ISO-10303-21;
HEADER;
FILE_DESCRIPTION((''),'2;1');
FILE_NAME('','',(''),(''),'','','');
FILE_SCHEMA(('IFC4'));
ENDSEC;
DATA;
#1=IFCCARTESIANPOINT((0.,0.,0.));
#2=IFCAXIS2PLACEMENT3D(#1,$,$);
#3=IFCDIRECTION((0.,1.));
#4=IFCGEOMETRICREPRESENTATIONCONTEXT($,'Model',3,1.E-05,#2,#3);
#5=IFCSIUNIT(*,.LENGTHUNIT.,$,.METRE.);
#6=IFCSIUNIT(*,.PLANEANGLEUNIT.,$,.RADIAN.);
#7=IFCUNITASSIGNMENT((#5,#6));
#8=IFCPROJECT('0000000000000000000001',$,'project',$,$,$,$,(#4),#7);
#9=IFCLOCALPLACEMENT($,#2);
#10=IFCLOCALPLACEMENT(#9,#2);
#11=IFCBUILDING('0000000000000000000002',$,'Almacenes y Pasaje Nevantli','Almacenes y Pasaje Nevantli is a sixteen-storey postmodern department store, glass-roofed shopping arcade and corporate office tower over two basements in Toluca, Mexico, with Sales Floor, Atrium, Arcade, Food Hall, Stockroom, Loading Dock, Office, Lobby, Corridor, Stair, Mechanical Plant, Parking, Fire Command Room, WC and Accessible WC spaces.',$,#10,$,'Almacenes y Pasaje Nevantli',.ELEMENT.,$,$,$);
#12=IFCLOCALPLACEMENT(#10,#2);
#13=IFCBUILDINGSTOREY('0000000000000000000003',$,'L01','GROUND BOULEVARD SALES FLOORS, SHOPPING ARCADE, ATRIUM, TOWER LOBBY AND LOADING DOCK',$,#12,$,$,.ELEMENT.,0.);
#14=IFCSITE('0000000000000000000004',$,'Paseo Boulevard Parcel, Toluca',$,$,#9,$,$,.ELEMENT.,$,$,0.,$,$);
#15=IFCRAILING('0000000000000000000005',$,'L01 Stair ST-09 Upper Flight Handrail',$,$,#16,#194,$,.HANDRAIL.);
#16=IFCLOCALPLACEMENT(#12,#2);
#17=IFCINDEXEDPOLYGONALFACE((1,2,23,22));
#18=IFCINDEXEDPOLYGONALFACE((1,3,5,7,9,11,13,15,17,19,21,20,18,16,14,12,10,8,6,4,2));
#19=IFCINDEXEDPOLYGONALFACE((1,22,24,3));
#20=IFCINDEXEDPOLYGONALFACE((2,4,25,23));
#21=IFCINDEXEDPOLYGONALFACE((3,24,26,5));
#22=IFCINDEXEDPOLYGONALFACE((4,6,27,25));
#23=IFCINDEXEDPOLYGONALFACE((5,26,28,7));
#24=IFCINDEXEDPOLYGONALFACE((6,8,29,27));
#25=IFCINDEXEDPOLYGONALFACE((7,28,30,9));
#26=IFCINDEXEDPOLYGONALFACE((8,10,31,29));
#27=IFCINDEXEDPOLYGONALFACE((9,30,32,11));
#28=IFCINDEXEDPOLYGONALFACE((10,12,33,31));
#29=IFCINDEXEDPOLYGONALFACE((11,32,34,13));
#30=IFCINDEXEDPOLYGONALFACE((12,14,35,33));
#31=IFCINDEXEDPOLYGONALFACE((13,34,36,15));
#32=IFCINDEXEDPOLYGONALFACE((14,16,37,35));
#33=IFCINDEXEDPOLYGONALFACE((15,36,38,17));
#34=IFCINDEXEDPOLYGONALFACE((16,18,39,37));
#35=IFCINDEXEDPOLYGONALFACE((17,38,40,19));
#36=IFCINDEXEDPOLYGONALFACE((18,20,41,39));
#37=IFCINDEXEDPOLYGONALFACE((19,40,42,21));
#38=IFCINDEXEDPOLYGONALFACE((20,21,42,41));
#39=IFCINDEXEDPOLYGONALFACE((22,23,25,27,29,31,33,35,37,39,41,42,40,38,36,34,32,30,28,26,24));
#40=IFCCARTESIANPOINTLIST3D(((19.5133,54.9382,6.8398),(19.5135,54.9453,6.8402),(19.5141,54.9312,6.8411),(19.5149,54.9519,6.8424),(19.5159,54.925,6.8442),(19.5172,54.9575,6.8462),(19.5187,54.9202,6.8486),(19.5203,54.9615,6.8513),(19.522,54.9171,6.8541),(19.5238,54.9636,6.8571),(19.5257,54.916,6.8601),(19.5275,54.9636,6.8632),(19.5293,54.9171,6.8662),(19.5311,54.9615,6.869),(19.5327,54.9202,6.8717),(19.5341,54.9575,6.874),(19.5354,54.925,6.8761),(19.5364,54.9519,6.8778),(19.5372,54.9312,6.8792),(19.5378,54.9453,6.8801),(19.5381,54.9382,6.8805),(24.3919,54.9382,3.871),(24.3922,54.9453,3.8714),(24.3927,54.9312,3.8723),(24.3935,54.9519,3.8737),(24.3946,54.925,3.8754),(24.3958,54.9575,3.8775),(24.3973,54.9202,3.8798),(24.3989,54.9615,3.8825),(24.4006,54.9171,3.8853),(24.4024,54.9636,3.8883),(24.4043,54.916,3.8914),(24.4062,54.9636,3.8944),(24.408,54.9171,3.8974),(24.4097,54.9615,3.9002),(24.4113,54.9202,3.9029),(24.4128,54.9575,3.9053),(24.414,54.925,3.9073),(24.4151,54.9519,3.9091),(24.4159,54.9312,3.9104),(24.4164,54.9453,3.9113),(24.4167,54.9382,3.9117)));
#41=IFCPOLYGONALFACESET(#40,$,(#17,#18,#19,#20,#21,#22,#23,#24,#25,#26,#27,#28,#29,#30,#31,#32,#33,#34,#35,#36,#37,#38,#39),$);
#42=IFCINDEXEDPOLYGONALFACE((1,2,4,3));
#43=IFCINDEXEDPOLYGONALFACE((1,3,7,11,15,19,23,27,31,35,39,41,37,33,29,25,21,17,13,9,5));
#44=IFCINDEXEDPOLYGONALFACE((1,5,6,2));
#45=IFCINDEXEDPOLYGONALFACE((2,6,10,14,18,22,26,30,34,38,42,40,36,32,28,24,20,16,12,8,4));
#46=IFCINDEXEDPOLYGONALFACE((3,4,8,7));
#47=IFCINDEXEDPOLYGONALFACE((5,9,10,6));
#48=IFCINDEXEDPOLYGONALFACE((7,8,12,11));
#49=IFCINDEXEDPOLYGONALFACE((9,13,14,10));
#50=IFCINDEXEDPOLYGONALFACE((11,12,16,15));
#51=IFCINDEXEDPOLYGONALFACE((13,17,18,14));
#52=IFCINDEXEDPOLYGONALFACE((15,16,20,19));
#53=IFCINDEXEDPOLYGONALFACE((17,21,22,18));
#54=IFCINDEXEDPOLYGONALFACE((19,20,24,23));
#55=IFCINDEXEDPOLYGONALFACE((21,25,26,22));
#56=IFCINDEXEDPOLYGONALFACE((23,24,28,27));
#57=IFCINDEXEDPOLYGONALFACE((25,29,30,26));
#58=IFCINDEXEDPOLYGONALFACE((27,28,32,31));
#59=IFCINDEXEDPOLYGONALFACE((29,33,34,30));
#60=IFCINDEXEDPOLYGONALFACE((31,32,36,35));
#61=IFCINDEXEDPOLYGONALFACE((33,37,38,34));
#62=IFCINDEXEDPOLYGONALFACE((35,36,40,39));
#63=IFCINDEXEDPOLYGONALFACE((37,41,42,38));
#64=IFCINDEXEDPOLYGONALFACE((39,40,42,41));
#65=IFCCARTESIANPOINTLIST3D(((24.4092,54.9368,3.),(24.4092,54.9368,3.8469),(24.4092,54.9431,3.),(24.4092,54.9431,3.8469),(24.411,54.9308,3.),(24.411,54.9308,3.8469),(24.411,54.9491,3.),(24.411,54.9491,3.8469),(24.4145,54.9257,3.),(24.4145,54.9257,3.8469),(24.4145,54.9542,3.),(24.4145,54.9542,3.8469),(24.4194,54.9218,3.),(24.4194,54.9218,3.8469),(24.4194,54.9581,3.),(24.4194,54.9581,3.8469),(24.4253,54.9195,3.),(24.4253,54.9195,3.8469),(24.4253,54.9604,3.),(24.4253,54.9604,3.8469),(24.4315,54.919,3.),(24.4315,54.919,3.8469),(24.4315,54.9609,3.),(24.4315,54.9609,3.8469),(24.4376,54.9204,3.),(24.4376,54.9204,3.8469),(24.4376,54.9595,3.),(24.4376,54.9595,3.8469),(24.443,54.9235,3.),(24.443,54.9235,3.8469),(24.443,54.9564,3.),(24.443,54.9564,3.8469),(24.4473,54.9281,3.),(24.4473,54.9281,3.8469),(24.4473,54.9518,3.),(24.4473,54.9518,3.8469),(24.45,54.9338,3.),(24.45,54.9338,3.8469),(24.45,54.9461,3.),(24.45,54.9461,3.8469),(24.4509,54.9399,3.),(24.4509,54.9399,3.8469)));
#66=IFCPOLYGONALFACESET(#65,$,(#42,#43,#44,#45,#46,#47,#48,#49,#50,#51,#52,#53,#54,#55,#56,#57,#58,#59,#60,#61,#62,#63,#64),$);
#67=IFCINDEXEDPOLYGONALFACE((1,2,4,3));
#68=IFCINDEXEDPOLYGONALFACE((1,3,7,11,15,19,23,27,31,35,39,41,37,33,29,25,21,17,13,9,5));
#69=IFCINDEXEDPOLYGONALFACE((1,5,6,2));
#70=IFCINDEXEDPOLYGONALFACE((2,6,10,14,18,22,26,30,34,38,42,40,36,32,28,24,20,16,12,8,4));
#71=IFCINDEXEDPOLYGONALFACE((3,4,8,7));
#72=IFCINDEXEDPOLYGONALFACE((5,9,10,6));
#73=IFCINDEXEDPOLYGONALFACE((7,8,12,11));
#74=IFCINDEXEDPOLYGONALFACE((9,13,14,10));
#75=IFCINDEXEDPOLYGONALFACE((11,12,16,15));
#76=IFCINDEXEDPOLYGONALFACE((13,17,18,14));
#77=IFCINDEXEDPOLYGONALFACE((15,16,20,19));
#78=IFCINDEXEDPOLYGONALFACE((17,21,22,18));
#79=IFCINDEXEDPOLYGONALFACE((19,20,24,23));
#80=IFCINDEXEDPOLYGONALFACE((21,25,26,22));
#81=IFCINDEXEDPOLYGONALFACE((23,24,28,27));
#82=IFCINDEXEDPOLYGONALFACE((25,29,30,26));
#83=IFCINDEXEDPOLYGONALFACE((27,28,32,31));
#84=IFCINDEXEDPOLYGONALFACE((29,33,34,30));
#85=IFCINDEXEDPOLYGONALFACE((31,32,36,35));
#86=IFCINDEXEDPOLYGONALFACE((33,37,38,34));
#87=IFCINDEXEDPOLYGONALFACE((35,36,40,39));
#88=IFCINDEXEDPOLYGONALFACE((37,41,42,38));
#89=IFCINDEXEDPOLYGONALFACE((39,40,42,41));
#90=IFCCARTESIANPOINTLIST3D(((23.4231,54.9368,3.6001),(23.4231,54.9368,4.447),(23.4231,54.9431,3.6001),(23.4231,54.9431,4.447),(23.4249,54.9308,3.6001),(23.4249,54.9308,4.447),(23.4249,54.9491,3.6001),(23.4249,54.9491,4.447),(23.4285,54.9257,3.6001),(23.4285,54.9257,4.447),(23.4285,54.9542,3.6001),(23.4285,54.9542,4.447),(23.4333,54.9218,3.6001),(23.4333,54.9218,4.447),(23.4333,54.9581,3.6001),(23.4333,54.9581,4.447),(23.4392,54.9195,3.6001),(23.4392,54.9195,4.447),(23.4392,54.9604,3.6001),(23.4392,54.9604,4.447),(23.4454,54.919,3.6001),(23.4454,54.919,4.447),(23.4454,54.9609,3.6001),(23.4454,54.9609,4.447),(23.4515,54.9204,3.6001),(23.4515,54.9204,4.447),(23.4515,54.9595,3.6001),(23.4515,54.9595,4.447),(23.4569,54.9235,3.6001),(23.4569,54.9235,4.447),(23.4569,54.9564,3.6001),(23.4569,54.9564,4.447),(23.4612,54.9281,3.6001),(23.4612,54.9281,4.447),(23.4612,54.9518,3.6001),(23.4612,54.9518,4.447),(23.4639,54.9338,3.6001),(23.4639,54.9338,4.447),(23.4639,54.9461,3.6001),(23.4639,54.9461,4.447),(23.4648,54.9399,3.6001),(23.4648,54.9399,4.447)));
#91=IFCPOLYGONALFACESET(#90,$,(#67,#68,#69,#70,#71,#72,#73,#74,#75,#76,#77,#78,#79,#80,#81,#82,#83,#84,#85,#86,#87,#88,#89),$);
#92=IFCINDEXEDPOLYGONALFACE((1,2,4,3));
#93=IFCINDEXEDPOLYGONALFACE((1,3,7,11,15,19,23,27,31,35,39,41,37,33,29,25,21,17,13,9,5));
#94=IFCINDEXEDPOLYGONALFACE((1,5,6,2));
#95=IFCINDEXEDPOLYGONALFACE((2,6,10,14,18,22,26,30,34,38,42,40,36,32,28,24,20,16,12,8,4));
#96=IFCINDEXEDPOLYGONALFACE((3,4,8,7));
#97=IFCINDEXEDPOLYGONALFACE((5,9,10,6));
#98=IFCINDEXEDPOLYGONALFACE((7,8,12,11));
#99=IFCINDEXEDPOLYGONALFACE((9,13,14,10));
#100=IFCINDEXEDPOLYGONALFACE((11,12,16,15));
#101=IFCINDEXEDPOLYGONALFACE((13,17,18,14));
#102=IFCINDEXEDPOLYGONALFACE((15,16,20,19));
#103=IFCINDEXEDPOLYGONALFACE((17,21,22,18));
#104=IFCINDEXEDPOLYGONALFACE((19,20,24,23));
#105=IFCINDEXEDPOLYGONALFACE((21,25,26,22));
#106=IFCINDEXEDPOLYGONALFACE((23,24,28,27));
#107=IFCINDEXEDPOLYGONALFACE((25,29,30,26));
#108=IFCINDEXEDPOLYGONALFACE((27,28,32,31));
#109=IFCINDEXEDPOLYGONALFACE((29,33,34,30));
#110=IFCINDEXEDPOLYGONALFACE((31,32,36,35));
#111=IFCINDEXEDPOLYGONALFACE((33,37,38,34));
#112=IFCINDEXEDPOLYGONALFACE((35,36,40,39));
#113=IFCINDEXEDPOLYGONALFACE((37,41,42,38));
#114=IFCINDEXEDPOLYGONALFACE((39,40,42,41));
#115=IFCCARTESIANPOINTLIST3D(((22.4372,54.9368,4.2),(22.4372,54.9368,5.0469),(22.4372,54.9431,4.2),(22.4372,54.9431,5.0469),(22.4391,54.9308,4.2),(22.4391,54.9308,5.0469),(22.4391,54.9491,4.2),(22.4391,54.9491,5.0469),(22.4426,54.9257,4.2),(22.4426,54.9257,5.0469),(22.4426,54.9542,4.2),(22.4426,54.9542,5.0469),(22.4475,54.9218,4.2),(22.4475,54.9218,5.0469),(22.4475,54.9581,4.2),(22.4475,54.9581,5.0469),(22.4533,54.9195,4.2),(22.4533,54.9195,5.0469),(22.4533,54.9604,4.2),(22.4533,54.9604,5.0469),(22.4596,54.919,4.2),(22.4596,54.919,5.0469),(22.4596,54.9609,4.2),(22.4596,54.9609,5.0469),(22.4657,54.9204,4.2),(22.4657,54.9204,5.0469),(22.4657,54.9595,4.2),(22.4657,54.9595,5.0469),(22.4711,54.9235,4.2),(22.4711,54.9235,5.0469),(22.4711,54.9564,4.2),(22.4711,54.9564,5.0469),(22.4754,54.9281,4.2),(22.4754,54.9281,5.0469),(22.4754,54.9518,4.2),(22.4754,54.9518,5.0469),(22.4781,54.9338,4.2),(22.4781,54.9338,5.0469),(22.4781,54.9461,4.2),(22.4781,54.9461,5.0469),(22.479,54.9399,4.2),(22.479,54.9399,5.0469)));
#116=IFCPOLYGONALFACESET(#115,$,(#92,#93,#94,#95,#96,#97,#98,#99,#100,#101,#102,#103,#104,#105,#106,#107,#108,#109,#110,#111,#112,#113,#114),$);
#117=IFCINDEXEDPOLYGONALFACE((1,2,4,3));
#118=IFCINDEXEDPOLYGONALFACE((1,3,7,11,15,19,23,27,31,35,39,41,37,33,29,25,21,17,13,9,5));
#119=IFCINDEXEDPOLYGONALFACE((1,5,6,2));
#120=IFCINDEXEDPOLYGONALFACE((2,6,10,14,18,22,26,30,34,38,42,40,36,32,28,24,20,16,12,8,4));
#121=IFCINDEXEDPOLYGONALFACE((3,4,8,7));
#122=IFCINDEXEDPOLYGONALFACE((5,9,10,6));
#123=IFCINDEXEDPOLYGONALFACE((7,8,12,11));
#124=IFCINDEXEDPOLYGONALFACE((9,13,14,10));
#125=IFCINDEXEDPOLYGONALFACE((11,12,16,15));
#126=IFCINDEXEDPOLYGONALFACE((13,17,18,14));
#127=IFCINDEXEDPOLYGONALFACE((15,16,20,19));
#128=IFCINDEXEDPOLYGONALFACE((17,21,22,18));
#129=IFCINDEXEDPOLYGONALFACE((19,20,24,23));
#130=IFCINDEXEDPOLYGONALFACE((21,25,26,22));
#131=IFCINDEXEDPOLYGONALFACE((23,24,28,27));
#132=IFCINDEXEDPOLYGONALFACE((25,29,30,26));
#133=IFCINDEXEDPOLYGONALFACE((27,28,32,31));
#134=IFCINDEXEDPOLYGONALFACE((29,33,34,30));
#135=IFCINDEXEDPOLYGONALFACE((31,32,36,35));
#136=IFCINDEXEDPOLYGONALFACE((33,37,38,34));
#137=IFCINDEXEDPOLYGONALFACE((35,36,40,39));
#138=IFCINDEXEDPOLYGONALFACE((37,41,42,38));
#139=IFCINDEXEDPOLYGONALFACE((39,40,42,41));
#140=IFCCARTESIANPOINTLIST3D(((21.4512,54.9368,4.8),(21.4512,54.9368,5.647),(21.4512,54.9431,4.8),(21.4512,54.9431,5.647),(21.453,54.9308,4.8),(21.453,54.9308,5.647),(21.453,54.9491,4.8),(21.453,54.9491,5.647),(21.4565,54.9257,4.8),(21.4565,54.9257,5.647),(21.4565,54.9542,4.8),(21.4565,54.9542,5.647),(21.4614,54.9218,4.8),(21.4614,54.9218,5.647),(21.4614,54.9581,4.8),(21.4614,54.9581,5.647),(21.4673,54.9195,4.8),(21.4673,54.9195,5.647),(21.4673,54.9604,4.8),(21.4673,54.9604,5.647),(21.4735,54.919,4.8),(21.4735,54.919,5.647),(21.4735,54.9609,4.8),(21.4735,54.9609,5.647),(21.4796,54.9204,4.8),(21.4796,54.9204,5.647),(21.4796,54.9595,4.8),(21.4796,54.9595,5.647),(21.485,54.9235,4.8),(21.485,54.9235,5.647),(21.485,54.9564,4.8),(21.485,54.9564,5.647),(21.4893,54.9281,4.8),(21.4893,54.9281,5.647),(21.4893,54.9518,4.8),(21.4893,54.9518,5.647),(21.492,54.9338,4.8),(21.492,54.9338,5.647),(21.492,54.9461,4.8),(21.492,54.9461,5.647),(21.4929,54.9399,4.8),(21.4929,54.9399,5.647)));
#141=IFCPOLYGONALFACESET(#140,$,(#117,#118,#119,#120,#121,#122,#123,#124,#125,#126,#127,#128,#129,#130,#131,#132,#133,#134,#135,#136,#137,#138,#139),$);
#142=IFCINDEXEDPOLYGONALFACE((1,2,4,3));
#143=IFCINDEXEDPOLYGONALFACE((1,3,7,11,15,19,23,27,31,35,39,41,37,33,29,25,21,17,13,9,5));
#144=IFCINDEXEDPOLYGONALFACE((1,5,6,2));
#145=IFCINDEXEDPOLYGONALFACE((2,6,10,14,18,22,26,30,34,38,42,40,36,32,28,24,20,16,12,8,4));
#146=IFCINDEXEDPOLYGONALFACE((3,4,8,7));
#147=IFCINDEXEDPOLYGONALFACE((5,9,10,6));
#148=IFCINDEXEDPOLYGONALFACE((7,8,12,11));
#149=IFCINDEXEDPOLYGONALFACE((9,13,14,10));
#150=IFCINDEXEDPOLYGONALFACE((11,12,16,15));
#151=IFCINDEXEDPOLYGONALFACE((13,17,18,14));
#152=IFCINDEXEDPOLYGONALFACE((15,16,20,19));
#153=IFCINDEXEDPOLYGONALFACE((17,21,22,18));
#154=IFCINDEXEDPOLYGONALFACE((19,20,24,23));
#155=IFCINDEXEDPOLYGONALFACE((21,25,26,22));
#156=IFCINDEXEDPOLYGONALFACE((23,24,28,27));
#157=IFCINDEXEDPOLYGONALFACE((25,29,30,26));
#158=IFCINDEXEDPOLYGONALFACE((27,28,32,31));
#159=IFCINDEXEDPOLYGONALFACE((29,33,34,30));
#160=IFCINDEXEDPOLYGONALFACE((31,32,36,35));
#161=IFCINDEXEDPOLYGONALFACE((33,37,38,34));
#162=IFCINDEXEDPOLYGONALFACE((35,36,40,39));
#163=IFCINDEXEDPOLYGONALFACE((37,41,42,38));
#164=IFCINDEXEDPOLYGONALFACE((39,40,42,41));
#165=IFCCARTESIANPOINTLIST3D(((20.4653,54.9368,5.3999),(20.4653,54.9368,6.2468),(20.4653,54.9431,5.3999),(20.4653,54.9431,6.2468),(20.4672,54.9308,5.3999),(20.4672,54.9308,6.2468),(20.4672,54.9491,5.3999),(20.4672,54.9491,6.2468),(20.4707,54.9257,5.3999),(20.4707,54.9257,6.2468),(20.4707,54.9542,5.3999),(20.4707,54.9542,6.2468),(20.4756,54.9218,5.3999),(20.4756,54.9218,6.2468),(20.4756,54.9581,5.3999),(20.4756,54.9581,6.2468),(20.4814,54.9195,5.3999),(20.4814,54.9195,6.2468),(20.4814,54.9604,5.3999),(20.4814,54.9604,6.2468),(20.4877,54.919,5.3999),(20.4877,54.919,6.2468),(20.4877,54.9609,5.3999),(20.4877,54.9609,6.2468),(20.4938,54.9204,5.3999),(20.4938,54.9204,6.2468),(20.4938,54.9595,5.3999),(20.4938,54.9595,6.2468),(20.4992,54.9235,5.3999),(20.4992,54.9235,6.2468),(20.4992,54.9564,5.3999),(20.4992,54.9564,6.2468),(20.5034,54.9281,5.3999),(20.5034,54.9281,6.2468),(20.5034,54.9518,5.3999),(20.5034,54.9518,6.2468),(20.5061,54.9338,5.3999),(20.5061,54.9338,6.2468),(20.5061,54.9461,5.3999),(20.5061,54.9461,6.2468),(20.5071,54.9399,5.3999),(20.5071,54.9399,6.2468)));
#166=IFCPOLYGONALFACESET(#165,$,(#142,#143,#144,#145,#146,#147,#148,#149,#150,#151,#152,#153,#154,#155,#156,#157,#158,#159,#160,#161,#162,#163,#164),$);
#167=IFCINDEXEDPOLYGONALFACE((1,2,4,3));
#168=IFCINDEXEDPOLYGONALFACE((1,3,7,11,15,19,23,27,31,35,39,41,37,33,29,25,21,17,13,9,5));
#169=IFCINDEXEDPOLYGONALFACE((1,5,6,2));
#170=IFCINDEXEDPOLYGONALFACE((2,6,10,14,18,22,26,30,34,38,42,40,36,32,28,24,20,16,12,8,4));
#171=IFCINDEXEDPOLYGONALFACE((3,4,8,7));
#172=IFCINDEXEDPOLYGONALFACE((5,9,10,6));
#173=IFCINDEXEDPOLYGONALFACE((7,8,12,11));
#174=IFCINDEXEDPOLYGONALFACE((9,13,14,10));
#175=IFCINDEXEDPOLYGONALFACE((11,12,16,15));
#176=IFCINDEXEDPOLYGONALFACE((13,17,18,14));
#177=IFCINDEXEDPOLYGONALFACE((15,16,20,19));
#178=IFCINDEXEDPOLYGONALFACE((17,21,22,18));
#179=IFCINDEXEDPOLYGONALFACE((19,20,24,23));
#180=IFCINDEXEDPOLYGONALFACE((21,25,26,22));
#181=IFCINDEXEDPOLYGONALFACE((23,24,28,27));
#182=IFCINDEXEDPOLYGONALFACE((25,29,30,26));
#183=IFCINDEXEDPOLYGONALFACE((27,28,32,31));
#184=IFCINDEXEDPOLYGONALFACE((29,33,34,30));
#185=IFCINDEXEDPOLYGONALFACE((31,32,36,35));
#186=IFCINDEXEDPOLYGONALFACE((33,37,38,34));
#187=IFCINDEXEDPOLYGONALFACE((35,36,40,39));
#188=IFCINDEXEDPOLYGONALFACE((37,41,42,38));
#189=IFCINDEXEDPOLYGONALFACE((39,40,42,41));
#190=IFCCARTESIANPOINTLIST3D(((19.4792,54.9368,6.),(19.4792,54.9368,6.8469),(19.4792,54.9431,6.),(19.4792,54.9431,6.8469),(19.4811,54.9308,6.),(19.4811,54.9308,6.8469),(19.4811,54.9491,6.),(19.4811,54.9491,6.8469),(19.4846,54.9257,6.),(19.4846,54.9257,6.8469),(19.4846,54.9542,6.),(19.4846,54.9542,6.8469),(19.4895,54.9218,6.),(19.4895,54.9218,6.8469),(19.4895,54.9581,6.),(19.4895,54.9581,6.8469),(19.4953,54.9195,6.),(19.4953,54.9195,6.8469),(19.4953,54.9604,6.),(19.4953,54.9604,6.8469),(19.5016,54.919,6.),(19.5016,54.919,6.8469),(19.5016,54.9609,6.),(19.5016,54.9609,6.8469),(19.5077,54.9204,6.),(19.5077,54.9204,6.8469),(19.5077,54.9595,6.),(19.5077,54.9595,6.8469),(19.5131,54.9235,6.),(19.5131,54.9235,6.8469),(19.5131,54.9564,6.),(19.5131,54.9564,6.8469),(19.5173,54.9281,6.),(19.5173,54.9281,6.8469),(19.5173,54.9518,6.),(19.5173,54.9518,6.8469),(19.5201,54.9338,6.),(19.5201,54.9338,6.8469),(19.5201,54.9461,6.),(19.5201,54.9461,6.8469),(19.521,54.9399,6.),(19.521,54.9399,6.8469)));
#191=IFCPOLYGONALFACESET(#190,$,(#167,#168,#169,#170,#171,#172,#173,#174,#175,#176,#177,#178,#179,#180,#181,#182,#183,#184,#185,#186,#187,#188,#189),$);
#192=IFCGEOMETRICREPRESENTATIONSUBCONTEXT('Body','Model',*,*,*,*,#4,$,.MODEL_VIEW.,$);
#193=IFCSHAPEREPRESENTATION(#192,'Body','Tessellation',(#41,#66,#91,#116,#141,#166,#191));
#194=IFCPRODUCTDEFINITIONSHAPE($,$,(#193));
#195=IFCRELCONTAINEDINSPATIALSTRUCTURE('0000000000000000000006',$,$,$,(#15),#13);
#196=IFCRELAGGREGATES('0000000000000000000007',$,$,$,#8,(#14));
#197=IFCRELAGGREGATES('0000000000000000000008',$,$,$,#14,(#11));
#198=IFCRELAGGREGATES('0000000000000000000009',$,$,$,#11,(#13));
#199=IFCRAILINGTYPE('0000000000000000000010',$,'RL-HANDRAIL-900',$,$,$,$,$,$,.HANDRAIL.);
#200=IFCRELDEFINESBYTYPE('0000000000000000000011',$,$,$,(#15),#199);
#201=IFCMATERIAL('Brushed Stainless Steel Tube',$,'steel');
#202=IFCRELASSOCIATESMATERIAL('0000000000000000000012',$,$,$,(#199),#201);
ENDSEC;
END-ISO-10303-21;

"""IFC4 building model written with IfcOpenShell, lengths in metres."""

from ifc_helpers import new_model, si_unit, direction, frame, origin, origin_2d, place, context, subcontext, project, spatial, circle, extrude, material, type_object, element, save


model = new_model("IFC4")

# Units and contexts
model_context = context("Model", 3, precision=1e-05, world=origin(), true_north=direction((0.0, 1.0)))
body_context = subcontext(model_context, "Body", "Model", "MODEL_VIEW")
ifc_project = project(units=[si_unit("LENGTHUNIT", "METRE"), si_unit("PLANEANGLEUNIT", "RADIAN")], contexts=[model_context])

# Site, building, storey
site_placement = place(None, origin())
site = spatial("IfcSite", under=ifc_project, at=site_placement, Name="Paseo Boulevard Parcel, Toluca", CompositionType="ELEMENT", RefElevation=0.0)
building_placement = place(site_placement, origin())
building = spatial("IfcBuilding", under=site, at=building_placement, Name="Almacenes y Pasaje Nevantli", Description="Almacenes y Pasaje Nevantli is a sixteen-storey postmodern department store, glass-roofed shopping arcade and corporate office tower over two basements in Toluca, Mexico, with Sales Floor, Atrium, Arcade, Food Hall, Stockroom, Loading Dock, Office, Lobby, Corridor, Stair, Mechanical Plant, Parking, Fire Command Room, WC and Accessible WC spaces.", LongName="Almacenes y Pasaje Nevantli", CompositionType="ELEMENT")
storey_placement = place(building_placement, origin())
storey = spatial("IfcBuildingStorey", under=building, at=storey_placement, Name="L01", Description="GROUND BOULEVARD SALES FLOORS, SHOPPING ARCADE, ATRIUM, TOWER LOBBY AND LOADING DOCK", CompositionType="ELEMENT", Elevation=0.0)

# Railing
ifc_material_1 = material(Name="Brushed Stainless Steel Tube", Category="steel")
railing_type_1 = type_object("IfcRailingType", Name="RL-HANDRAIL-900", PredefinedType="HANDRAIL", material=ifc_material_1)
railing_1_placement = place(storey_placement, frame((24.4299, 54.9399, 3.0)))
element("IfcRailing", 1, at=railing_1_placement, inside=storey, type_object=railing_type_1, Name="L01 Stair ST-09 Upper Flight Handrail", PredefinedType="HANDRAIL", context=body_context, shape_type="SweptSolid", body=[
    extrude(circle(Radius=0.0239, at=origin_2d()), frame((-0.0256, 0.0, 0.8914), z_axis=(-0.854262, 0.0, 0.519842), x_axis=(0.0, -1.0, 0.0)), (0.0, 0.0, 1.0), 5.7109),
    extrude(circle(Radius=0.021, at=origin_2d()), origin(), (0.0, 0.0, 1.0), 0.8469),
    extrude(circle(Radius=0.021, at=origin_2d()), frame((-0.9861, 0.0, 0.6001)), (0.0, 0.0, 1.0), 0.8469),
    extrude(circle(Radius=0.021, at=origin_2d()), frame((-1.9719, 0.0, 1.2)), (0.0, 0.0, 1.0), 0.8469),
    extrude(circle(Radius=0.021, at=origin_2d()), frame((-2.958, 0.0, 1.8)), (0.0, 0.0, 1.0), 0.8469),
    extrude(circle(Radius=0.021, at=origin_2d()), frame((-3.9438, 0.0, 2.3999)), (0.0, 0.0, 1.0), 0.8469),
    extrude(circle(Radius=0.021, at=origin_2d()), frame((-4.9299, 0.0, 3.0)), (0.0, 0.0, 1.0), 0.8469),
])

save(model, "model.ifc")
